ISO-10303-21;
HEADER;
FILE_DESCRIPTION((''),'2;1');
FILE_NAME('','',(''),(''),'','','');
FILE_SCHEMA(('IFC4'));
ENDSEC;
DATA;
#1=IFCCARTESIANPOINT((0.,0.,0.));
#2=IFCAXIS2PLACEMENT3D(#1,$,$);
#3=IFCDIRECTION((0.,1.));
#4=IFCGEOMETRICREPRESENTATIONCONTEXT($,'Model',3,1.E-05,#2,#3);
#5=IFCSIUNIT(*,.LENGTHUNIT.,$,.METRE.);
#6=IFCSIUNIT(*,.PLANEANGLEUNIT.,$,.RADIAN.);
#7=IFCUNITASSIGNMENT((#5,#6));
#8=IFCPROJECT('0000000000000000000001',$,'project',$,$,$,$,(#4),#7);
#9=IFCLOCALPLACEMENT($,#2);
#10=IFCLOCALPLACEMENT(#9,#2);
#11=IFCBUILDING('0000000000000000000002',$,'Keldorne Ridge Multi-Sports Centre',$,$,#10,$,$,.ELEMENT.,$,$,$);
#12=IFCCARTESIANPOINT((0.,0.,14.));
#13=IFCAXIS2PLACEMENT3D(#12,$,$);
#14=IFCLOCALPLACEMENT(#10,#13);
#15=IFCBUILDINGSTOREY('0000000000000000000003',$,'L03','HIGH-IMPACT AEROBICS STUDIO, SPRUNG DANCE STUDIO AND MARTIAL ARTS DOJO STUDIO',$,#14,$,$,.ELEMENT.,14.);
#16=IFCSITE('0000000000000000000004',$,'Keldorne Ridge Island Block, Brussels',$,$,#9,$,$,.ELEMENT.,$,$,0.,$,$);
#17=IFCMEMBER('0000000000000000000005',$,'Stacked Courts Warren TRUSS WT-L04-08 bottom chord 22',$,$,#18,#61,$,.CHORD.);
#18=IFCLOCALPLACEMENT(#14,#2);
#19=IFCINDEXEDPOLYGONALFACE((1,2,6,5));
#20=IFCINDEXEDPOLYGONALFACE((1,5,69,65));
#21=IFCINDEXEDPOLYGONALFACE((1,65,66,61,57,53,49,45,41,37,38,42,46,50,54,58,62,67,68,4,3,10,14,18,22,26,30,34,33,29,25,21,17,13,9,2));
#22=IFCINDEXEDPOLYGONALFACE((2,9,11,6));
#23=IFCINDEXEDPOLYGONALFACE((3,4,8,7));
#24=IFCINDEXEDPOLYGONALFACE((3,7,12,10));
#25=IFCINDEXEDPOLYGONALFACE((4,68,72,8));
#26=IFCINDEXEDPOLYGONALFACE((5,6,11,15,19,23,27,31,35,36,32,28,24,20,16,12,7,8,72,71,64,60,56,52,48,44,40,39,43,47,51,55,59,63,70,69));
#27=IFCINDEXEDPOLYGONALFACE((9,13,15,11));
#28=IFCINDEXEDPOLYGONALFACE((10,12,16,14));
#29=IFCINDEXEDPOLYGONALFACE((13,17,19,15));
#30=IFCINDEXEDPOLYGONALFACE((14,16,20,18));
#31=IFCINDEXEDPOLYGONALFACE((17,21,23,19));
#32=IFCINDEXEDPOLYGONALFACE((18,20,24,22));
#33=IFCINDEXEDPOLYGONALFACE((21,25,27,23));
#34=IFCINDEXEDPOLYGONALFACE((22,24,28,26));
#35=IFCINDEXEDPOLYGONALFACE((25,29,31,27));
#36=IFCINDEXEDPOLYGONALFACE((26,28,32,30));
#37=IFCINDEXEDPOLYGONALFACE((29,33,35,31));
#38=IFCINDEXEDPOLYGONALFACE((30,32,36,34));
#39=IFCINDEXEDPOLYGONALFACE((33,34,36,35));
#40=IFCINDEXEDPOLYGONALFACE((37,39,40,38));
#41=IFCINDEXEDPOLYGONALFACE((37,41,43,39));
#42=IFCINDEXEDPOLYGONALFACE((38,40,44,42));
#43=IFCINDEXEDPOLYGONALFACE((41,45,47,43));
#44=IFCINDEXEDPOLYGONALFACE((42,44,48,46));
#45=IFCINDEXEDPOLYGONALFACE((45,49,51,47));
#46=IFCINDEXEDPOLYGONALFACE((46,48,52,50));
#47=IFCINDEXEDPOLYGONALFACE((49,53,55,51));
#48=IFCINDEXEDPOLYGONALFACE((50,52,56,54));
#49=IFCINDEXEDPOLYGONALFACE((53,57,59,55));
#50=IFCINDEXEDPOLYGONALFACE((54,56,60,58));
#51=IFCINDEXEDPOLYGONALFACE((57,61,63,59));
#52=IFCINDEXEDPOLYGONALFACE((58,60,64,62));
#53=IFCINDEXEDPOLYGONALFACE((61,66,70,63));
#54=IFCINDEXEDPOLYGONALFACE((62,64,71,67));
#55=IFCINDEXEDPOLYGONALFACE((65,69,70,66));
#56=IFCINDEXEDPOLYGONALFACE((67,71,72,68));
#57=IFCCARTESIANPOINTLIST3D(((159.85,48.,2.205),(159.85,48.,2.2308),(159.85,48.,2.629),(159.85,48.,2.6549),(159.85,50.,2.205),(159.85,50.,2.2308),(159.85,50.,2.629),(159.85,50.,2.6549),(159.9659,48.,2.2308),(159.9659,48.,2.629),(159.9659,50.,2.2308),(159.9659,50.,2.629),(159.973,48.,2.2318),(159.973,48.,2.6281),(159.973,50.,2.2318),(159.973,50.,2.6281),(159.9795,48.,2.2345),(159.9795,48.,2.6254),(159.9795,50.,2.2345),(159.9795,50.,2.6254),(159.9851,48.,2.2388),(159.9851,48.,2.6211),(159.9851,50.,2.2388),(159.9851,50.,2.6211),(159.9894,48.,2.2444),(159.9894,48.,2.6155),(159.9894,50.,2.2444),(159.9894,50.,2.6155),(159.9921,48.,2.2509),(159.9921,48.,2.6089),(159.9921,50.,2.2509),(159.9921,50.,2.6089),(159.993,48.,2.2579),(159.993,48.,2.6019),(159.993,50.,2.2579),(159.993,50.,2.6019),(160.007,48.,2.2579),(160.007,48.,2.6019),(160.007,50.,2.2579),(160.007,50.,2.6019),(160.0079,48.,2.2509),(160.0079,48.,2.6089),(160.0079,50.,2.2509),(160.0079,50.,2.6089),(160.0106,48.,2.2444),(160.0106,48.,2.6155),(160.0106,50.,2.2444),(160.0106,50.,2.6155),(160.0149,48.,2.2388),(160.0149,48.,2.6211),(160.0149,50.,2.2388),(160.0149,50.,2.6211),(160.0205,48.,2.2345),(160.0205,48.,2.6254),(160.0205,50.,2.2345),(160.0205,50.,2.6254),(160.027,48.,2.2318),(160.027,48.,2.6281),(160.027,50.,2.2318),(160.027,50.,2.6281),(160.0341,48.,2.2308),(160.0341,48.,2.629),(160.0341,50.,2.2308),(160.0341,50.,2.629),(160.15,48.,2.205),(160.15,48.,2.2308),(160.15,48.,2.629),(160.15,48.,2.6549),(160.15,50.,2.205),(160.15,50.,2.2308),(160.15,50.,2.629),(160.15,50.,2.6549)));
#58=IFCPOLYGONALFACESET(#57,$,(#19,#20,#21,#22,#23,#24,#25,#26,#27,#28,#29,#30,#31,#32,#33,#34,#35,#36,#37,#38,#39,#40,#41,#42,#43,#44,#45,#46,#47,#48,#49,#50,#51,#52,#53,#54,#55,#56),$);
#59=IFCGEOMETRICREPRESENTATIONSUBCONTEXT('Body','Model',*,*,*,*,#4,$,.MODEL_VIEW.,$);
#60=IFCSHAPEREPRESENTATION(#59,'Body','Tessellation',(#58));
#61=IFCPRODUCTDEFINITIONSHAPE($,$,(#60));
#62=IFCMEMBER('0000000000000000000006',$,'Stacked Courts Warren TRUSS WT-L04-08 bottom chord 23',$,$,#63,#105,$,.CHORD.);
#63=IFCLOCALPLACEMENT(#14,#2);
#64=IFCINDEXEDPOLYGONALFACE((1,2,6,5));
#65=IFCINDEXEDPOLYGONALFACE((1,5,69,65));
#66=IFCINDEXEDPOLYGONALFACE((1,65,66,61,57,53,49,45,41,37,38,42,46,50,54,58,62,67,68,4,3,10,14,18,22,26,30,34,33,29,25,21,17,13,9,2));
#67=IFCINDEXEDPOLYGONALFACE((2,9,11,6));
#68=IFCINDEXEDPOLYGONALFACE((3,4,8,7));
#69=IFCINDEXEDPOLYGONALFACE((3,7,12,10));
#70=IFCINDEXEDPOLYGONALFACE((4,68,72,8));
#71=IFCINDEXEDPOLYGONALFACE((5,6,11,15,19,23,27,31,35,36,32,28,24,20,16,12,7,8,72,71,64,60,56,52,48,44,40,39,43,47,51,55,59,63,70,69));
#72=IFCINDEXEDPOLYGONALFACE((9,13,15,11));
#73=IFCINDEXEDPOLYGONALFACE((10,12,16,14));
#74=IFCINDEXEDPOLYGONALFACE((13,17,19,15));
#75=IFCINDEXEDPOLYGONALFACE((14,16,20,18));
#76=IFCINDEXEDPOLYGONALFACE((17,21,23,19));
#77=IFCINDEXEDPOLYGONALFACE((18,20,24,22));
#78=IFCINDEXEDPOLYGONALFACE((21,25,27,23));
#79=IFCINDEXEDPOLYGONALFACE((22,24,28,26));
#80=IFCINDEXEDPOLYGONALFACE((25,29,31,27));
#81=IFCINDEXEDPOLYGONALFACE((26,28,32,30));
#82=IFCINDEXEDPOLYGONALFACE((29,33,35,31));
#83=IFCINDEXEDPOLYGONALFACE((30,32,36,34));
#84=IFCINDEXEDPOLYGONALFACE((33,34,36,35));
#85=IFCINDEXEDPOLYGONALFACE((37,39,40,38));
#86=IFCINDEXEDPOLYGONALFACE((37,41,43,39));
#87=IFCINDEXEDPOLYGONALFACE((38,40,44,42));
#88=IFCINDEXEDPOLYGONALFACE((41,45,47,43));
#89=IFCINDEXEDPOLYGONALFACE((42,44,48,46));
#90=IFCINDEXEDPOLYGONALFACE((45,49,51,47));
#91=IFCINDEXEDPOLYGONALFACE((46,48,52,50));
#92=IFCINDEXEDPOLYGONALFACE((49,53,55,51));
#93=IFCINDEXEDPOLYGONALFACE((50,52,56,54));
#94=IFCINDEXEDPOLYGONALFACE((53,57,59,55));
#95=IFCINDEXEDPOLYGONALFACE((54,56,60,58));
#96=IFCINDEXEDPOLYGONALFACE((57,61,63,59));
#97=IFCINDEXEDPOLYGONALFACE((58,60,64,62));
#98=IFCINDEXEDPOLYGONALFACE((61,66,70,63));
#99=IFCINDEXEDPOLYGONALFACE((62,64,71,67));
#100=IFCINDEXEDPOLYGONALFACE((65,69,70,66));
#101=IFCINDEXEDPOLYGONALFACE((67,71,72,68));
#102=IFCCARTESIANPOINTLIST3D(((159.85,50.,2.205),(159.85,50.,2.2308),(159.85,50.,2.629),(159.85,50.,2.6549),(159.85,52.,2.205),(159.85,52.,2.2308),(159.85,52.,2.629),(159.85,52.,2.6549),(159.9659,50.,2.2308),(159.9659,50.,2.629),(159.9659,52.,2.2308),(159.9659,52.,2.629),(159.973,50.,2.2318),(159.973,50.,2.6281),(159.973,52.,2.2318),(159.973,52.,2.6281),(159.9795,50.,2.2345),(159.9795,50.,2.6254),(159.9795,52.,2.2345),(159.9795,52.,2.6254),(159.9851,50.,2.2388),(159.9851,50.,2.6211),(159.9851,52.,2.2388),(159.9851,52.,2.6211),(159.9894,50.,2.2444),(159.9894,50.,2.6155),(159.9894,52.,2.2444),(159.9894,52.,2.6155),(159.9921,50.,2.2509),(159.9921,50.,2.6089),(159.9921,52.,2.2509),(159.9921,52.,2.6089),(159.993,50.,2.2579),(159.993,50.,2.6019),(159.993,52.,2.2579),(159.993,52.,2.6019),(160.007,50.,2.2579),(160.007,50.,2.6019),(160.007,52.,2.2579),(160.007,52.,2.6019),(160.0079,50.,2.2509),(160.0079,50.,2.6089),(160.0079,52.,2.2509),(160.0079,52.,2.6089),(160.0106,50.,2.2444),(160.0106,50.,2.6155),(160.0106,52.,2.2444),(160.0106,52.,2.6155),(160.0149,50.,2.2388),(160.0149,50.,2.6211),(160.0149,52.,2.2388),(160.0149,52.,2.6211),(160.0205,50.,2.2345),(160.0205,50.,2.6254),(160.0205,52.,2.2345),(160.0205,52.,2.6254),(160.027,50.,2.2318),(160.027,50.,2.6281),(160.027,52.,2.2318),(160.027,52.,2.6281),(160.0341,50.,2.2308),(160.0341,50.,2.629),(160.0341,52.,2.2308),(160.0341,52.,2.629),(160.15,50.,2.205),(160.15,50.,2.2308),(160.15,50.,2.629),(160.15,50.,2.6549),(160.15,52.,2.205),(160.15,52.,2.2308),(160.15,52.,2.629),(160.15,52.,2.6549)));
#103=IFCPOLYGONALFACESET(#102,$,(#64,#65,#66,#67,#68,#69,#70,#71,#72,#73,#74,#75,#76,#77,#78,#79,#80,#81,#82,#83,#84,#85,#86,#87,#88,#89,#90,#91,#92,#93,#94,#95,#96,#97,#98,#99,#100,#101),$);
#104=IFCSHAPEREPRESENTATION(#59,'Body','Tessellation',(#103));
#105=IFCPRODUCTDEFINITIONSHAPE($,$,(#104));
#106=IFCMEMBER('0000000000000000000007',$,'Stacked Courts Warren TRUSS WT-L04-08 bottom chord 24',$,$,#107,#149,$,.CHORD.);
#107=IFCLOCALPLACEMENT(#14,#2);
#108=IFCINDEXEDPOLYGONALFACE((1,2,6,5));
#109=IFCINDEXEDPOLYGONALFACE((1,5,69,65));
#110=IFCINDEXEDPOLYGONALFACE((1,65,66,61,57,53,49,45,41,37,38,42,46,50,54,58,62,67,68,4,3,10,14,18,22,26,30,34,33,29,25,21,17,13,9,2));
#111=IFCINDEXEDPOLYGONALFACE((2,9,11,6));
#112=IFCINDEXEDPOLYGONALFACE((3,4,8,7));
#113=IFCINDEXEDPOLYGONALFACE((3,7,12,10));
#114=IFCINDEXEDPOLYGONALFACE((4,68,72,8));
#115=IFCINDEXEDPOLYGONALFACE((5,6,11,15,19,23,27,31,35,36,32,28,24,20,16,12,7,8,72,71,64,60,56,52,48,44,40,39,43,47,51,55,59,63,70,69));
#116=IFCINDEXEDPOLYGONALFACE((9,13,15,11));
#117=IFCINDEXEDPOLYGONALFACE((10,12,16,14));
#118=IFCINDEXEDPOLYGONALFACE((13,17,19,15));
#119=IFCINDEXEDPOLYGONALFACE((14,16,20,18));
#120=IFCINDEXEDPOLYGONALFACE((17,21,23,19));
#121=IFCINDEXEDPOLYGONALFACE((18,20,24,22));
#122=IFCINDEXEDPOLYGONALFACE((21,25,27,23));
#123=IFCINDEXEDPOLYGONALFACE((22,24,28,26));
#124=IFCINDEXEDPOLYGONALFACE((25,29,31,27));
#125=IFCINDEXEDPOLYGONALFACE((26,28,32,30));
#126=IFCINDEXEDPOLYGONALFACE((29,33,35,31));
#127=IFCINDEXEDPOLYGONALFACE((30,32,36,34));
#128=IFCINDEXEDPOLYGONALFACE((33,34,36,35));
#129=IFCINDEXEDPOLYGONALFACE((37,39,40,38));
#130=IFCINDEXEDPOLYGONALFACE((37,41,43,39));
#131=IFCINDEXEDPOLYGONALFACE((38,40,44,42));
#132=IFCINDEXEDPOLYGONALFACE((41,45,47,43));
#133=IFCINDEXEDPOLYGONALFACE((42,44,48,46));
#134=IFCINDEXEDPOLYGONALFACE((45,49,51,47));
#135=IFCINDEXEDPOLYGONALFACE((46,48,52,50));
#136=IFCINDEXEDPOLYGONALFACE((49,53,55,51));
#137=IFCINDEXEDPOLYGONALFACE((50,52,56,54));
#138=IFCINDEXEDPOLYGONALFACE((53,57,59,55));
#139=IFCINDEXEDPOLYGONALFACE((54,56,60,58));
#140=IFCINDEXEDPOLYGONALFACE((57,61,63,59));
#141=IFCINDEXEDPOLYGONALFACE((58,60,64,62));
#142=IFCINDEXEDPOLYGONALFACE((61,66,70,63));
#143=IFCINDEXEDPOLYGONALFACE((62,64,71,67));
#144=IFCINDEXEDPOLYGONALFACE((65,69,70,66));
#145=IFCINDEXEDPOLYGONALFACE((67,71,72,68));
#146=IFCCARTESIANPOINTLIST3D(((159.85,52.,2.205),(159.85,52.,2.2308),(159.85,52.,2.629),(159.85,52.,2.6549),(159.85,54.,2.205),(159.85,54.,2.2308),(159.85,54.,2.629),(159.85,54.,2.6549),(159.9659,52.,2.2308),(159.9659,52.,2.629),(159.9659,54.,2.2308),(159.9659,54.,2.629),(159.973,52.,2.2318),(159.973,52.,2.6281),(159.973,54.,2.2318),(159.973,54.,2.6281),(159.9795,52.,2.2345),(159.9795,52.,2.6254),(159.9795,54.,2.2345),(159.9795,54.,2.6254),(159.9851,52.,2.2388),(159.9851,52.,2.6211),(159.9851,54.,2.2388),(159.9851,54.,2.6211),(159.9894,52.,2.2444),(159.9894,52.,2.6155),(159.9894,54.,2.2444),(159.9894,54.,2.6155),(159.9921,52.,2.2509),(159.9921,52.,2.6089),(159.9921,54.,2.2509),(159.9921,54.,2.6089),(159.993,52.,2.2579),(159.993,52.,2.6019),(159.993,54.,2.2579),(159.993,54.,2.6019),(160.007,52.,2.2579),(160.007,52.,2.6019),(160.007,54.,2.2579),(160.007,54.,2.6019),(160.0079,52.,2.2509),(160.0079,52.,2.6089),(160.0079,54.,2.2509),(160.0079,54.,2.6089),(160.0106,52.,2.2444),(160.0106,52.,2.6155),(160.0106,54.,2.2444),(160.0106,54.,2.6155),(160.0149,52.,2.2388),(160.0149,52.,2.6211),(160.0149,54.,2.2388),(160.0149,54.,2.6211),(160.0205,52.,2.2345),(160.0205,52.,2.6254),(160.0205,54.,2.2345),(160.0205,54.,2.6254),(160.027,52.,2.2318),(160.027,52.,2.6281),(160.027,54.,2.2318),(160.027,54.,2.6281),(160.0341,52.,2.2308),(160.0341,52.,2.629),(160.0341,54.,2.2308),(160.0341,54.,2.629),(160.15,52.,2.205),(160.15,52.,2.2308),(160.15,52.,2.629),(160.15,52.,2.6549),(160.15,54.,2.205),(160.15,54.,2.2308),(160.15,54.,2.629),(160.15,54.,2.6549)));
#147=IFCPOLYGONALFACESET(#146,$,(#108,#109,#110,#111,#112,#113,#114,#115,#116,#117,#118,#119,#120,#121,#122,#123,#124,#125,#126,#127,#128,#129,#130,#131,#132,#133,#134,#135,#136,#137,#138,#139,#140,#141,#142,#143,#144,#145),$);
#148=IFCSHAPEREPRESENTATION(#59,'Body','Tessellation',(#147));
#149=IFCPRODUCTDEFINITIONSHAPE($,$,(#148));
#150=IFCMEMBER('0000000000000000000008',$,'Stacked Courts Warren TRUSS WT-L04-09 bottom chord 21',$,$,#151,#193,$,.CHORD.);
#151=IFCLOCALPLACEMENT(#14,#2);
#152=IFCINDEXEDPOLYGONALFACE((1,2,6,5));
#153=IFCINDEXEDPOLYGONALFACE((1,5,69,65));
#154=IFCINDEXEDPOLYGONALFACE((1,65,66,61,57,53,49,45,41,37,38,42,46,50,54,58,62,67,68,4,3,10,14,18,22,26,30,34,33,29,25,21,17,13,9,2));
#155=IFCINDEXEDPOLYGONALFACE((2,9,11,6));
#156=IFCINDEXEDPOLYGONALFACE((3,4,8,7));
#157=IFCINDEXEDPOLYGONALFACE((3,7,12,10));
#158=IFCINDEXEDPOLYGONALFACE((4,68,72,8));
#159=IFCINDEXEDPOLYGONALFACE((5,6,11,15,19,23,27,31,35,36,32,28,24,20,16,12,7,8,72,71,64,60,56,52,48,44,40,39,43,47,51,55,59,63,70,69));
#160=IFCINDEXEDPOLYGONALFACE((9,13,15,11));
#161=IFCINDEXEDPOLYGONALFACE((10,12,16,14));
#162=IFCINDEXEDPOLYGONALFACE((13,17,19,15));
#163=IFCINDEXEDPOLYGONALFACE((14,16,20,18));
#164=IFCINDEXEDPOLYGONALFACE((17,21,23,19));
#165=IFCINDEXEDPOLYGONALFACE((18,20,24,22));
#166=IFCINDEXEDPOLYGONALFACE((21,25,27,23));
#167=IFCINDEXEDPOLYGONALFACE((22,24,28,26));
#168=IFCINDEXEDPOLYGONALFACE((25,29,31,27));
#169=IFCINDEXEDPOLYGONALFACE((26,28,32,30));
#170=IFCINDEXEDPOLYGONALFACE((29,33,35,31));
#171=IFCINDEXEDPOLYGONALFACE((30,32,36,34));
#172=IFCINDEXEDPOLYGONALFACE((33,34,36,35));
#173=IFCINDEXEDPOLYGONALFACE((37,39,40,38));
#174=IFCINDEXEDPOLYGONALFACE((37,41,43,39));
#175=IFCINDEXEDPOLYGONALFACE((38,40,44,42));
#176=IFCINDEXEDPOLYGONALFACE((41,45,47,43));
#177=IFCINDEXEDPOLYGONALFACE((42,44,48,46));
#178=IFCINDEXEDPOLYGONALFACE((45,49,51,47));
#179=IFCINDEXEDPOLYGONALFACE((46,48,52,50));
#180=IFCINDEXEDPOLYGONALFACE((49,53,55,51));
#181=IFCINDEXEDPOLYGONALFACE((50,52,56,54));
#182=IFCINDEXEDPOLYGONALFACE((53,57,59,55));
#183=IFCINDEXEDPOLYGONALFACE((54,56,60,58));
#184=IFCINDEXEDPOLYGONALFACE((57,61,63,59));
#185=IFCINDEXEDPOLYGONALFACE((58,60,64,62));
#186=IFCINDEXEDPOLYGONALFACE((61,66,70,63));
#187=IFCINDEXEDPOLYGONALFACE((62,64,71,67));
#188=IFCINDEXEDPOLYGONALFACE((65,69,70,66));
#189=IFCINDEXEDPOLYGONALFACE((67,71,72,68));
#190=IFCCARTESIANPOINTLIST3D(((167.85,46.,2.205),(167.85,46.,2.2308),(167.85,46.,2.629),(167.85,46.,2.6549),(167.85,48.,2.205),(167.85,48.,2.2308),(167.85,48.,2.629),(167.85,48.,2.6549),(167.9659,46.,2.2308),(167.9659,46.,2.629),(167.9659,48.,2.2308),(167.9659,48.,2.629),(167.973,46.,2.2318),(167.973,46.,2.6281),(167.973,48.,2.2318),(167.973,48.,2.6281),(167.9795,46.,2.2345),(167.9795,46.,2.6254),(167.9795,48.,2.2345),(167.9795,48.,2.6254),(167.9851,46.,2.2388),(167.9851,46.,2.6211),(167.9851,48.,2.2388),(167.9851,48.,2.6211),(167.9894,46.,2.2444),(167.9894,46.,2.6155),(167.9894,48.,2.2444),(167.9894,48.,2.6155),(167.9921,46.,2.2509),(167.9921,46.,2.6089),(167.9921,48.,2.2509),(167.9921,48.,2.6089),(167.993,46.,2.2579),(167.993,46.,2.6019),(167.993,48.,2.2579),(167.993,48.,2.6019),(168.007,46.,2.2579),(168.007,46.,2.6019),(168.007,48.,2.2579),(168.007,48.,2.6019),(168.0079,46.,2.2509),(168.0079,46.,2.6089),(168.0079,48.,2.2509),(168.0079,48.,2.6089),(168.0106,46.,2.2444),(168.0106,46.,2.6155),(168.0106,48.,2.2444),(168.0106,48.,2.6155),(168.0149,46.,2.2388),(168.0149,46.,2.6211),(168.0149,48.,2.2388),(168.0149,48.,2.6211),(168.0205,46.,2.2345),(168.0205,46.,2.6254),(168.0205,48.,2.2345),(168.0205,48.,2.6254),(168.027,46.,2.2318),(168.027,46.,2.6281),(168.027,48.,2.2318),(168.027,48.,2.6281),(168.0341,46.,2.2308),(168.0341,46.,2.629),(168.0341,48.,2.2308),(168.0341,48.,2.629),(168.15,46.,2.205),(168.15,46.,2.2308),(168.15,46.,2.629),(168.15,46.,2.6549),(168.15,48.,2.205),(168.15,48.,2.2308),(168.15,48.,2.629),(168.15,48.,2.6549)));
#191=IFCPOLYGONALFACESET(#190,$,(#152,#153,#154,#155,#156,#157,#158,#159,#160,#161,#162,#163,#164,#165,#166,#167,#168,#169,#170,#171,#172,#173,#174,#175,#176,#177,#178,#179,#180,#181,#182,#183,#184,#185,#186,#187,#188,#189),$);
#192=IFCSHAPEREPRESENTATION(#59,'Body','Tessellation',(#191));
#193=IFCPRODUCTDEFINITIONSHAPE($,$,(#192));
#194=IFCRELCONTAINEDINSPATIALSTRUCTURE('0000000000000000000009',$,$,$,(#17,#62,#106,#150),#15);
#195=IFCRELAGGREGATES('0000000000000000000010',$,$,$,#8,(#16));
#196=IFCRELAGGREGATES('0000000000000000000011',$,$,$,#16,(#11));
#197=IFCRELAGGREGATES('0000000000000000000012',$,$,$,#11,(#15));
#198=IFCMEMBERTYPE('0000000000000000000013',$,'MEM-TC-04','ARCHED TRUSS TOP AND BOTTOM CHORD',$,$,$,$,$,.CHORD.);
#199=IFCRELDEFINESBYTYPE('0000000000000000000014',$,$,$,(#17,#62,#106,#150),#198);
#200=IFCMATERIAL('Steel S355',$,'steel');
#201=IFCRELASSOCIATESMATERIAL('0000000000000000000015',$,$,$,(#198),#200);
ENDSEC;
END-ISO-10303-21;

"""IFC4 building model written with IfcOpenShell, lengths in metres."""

from ifc_helpers import new_model, si_unit, direction, frame, origin, origin_2d, place, context, subcontext, project, spatial, i_section, extrude, material, material_profile, profile_set, type_object, element, save


model = new_model("IFC4")

# Units and contexts
model_context = context("Model", 3, precision=1e-05, world=origin(), true_north=direction((0.0, 1.0)))
body_context = subcontext(model_context, "Body", "Model", "MODEL_VIEW")
ifc_project = project(units=[si_unit("LENGTHUNIT", "METRE"), si_unit("PLANEANGLEUNIT", "RADIAN")], contexts=[model_context])

# Site, building, storey
site_placement = place(None, origin())
site = spatial("IfcSite", under=ifc_project, at=site_placement, Name="Keldorne Ridge Island Block, Brussels", CompositionType="ELEMENT", RefElevation=0.0)
building_placement = place(site_placement, origin())
building = spatial("IfcBuilding", under=site, at=building_placement, Name="Keldorne Ridge Multi-Sports Centre", CompositionType="ELEMENT")
storey_placement = place(building_placement, frame((0.0, 0.0, 14.0)))
storey = spatial("IfcBuildingStorey", under=building, at=storey_placement, Name="L03", Description="HIGH-IMPACT AEROBICS STUDIO, SPRUNG DANCE STUDIO AND MARTIAL ARTS DOJO STUDIO", CompositionType="ELEMENT", Elevation=14.0)

# Shared definitions
ifc_material_1 = material(Name="Steel S355", Category="steel")

# Members
ifc_material_profile_1 = material_profile(ifc_material_1, i_section(OverallWidth=0.3, OverallDepth=0.45, WebThickness=0.0139, FlangeThickness=0.0259, FilletRadius=0.0271, at=origin_2d()), Name="HEB 450")
ifc_profile_set_1 = profile_set([ifc_material_profile_1], Name="Steel S355")
member_type_1 = type_object("IfcMemberType", Name="MEM-TC-04", Description="ARCHED TRUSS TOP AND BOTTOM CHORD", PredefinedType="CHORD", material=ifc_profile_set_1)
for number, where, z_axis, x_axis, name in (
    (1, (160.0, 48.0, 2.4299), (0.0, 1.0, 0.0), (-1.0, 0.0, 0.0), "Stacked Courts Warren TRUSS WT-L04-08 bottom chord 22"),
    (2, (160.0, 50.0, 2.4299), (0.0, 1.0, 0.0), (-1.0, 0.0, 0.0), "Stacked Courts Warren TRUSS WT-L04-08 bottom chord 23"),
    (3, (160.0, 52.0, 2.4299), (0.0, 1.0, 0.0), (-1.0, 0.0, 0.0), "Stacked Courts Warren TRUSS WT-L04-08 bottom chord 24"),
    (4, (168.0, 46.0, 2.4299), (0.0, 1.0, 0.0), (-1.0, 0.0, 0.0), "Stacked Courts Warren TRUSS WT-L04-09 bottom chord 21"),
):
    element("IfcMember", number, at=place(storey_placement, frame(where, z_axis=z_axis, x_axis=x_axis)), inside=storey, type_object=member_type_1, Name=name, PredefinedType="CHORD", context=body_context, shape_type="SweptSolid", body=[
        extrude(i_section(OverallWidth=0.3, OverallDepth=0.45, WebThickness=0.0139, FlangeThickness=0.0259, FilletRadius=0.0271, at=origin_2d()), origin(), (0.0, 0.0, 1.0), 2.0),
    ])

save(model, "model.ifc")
